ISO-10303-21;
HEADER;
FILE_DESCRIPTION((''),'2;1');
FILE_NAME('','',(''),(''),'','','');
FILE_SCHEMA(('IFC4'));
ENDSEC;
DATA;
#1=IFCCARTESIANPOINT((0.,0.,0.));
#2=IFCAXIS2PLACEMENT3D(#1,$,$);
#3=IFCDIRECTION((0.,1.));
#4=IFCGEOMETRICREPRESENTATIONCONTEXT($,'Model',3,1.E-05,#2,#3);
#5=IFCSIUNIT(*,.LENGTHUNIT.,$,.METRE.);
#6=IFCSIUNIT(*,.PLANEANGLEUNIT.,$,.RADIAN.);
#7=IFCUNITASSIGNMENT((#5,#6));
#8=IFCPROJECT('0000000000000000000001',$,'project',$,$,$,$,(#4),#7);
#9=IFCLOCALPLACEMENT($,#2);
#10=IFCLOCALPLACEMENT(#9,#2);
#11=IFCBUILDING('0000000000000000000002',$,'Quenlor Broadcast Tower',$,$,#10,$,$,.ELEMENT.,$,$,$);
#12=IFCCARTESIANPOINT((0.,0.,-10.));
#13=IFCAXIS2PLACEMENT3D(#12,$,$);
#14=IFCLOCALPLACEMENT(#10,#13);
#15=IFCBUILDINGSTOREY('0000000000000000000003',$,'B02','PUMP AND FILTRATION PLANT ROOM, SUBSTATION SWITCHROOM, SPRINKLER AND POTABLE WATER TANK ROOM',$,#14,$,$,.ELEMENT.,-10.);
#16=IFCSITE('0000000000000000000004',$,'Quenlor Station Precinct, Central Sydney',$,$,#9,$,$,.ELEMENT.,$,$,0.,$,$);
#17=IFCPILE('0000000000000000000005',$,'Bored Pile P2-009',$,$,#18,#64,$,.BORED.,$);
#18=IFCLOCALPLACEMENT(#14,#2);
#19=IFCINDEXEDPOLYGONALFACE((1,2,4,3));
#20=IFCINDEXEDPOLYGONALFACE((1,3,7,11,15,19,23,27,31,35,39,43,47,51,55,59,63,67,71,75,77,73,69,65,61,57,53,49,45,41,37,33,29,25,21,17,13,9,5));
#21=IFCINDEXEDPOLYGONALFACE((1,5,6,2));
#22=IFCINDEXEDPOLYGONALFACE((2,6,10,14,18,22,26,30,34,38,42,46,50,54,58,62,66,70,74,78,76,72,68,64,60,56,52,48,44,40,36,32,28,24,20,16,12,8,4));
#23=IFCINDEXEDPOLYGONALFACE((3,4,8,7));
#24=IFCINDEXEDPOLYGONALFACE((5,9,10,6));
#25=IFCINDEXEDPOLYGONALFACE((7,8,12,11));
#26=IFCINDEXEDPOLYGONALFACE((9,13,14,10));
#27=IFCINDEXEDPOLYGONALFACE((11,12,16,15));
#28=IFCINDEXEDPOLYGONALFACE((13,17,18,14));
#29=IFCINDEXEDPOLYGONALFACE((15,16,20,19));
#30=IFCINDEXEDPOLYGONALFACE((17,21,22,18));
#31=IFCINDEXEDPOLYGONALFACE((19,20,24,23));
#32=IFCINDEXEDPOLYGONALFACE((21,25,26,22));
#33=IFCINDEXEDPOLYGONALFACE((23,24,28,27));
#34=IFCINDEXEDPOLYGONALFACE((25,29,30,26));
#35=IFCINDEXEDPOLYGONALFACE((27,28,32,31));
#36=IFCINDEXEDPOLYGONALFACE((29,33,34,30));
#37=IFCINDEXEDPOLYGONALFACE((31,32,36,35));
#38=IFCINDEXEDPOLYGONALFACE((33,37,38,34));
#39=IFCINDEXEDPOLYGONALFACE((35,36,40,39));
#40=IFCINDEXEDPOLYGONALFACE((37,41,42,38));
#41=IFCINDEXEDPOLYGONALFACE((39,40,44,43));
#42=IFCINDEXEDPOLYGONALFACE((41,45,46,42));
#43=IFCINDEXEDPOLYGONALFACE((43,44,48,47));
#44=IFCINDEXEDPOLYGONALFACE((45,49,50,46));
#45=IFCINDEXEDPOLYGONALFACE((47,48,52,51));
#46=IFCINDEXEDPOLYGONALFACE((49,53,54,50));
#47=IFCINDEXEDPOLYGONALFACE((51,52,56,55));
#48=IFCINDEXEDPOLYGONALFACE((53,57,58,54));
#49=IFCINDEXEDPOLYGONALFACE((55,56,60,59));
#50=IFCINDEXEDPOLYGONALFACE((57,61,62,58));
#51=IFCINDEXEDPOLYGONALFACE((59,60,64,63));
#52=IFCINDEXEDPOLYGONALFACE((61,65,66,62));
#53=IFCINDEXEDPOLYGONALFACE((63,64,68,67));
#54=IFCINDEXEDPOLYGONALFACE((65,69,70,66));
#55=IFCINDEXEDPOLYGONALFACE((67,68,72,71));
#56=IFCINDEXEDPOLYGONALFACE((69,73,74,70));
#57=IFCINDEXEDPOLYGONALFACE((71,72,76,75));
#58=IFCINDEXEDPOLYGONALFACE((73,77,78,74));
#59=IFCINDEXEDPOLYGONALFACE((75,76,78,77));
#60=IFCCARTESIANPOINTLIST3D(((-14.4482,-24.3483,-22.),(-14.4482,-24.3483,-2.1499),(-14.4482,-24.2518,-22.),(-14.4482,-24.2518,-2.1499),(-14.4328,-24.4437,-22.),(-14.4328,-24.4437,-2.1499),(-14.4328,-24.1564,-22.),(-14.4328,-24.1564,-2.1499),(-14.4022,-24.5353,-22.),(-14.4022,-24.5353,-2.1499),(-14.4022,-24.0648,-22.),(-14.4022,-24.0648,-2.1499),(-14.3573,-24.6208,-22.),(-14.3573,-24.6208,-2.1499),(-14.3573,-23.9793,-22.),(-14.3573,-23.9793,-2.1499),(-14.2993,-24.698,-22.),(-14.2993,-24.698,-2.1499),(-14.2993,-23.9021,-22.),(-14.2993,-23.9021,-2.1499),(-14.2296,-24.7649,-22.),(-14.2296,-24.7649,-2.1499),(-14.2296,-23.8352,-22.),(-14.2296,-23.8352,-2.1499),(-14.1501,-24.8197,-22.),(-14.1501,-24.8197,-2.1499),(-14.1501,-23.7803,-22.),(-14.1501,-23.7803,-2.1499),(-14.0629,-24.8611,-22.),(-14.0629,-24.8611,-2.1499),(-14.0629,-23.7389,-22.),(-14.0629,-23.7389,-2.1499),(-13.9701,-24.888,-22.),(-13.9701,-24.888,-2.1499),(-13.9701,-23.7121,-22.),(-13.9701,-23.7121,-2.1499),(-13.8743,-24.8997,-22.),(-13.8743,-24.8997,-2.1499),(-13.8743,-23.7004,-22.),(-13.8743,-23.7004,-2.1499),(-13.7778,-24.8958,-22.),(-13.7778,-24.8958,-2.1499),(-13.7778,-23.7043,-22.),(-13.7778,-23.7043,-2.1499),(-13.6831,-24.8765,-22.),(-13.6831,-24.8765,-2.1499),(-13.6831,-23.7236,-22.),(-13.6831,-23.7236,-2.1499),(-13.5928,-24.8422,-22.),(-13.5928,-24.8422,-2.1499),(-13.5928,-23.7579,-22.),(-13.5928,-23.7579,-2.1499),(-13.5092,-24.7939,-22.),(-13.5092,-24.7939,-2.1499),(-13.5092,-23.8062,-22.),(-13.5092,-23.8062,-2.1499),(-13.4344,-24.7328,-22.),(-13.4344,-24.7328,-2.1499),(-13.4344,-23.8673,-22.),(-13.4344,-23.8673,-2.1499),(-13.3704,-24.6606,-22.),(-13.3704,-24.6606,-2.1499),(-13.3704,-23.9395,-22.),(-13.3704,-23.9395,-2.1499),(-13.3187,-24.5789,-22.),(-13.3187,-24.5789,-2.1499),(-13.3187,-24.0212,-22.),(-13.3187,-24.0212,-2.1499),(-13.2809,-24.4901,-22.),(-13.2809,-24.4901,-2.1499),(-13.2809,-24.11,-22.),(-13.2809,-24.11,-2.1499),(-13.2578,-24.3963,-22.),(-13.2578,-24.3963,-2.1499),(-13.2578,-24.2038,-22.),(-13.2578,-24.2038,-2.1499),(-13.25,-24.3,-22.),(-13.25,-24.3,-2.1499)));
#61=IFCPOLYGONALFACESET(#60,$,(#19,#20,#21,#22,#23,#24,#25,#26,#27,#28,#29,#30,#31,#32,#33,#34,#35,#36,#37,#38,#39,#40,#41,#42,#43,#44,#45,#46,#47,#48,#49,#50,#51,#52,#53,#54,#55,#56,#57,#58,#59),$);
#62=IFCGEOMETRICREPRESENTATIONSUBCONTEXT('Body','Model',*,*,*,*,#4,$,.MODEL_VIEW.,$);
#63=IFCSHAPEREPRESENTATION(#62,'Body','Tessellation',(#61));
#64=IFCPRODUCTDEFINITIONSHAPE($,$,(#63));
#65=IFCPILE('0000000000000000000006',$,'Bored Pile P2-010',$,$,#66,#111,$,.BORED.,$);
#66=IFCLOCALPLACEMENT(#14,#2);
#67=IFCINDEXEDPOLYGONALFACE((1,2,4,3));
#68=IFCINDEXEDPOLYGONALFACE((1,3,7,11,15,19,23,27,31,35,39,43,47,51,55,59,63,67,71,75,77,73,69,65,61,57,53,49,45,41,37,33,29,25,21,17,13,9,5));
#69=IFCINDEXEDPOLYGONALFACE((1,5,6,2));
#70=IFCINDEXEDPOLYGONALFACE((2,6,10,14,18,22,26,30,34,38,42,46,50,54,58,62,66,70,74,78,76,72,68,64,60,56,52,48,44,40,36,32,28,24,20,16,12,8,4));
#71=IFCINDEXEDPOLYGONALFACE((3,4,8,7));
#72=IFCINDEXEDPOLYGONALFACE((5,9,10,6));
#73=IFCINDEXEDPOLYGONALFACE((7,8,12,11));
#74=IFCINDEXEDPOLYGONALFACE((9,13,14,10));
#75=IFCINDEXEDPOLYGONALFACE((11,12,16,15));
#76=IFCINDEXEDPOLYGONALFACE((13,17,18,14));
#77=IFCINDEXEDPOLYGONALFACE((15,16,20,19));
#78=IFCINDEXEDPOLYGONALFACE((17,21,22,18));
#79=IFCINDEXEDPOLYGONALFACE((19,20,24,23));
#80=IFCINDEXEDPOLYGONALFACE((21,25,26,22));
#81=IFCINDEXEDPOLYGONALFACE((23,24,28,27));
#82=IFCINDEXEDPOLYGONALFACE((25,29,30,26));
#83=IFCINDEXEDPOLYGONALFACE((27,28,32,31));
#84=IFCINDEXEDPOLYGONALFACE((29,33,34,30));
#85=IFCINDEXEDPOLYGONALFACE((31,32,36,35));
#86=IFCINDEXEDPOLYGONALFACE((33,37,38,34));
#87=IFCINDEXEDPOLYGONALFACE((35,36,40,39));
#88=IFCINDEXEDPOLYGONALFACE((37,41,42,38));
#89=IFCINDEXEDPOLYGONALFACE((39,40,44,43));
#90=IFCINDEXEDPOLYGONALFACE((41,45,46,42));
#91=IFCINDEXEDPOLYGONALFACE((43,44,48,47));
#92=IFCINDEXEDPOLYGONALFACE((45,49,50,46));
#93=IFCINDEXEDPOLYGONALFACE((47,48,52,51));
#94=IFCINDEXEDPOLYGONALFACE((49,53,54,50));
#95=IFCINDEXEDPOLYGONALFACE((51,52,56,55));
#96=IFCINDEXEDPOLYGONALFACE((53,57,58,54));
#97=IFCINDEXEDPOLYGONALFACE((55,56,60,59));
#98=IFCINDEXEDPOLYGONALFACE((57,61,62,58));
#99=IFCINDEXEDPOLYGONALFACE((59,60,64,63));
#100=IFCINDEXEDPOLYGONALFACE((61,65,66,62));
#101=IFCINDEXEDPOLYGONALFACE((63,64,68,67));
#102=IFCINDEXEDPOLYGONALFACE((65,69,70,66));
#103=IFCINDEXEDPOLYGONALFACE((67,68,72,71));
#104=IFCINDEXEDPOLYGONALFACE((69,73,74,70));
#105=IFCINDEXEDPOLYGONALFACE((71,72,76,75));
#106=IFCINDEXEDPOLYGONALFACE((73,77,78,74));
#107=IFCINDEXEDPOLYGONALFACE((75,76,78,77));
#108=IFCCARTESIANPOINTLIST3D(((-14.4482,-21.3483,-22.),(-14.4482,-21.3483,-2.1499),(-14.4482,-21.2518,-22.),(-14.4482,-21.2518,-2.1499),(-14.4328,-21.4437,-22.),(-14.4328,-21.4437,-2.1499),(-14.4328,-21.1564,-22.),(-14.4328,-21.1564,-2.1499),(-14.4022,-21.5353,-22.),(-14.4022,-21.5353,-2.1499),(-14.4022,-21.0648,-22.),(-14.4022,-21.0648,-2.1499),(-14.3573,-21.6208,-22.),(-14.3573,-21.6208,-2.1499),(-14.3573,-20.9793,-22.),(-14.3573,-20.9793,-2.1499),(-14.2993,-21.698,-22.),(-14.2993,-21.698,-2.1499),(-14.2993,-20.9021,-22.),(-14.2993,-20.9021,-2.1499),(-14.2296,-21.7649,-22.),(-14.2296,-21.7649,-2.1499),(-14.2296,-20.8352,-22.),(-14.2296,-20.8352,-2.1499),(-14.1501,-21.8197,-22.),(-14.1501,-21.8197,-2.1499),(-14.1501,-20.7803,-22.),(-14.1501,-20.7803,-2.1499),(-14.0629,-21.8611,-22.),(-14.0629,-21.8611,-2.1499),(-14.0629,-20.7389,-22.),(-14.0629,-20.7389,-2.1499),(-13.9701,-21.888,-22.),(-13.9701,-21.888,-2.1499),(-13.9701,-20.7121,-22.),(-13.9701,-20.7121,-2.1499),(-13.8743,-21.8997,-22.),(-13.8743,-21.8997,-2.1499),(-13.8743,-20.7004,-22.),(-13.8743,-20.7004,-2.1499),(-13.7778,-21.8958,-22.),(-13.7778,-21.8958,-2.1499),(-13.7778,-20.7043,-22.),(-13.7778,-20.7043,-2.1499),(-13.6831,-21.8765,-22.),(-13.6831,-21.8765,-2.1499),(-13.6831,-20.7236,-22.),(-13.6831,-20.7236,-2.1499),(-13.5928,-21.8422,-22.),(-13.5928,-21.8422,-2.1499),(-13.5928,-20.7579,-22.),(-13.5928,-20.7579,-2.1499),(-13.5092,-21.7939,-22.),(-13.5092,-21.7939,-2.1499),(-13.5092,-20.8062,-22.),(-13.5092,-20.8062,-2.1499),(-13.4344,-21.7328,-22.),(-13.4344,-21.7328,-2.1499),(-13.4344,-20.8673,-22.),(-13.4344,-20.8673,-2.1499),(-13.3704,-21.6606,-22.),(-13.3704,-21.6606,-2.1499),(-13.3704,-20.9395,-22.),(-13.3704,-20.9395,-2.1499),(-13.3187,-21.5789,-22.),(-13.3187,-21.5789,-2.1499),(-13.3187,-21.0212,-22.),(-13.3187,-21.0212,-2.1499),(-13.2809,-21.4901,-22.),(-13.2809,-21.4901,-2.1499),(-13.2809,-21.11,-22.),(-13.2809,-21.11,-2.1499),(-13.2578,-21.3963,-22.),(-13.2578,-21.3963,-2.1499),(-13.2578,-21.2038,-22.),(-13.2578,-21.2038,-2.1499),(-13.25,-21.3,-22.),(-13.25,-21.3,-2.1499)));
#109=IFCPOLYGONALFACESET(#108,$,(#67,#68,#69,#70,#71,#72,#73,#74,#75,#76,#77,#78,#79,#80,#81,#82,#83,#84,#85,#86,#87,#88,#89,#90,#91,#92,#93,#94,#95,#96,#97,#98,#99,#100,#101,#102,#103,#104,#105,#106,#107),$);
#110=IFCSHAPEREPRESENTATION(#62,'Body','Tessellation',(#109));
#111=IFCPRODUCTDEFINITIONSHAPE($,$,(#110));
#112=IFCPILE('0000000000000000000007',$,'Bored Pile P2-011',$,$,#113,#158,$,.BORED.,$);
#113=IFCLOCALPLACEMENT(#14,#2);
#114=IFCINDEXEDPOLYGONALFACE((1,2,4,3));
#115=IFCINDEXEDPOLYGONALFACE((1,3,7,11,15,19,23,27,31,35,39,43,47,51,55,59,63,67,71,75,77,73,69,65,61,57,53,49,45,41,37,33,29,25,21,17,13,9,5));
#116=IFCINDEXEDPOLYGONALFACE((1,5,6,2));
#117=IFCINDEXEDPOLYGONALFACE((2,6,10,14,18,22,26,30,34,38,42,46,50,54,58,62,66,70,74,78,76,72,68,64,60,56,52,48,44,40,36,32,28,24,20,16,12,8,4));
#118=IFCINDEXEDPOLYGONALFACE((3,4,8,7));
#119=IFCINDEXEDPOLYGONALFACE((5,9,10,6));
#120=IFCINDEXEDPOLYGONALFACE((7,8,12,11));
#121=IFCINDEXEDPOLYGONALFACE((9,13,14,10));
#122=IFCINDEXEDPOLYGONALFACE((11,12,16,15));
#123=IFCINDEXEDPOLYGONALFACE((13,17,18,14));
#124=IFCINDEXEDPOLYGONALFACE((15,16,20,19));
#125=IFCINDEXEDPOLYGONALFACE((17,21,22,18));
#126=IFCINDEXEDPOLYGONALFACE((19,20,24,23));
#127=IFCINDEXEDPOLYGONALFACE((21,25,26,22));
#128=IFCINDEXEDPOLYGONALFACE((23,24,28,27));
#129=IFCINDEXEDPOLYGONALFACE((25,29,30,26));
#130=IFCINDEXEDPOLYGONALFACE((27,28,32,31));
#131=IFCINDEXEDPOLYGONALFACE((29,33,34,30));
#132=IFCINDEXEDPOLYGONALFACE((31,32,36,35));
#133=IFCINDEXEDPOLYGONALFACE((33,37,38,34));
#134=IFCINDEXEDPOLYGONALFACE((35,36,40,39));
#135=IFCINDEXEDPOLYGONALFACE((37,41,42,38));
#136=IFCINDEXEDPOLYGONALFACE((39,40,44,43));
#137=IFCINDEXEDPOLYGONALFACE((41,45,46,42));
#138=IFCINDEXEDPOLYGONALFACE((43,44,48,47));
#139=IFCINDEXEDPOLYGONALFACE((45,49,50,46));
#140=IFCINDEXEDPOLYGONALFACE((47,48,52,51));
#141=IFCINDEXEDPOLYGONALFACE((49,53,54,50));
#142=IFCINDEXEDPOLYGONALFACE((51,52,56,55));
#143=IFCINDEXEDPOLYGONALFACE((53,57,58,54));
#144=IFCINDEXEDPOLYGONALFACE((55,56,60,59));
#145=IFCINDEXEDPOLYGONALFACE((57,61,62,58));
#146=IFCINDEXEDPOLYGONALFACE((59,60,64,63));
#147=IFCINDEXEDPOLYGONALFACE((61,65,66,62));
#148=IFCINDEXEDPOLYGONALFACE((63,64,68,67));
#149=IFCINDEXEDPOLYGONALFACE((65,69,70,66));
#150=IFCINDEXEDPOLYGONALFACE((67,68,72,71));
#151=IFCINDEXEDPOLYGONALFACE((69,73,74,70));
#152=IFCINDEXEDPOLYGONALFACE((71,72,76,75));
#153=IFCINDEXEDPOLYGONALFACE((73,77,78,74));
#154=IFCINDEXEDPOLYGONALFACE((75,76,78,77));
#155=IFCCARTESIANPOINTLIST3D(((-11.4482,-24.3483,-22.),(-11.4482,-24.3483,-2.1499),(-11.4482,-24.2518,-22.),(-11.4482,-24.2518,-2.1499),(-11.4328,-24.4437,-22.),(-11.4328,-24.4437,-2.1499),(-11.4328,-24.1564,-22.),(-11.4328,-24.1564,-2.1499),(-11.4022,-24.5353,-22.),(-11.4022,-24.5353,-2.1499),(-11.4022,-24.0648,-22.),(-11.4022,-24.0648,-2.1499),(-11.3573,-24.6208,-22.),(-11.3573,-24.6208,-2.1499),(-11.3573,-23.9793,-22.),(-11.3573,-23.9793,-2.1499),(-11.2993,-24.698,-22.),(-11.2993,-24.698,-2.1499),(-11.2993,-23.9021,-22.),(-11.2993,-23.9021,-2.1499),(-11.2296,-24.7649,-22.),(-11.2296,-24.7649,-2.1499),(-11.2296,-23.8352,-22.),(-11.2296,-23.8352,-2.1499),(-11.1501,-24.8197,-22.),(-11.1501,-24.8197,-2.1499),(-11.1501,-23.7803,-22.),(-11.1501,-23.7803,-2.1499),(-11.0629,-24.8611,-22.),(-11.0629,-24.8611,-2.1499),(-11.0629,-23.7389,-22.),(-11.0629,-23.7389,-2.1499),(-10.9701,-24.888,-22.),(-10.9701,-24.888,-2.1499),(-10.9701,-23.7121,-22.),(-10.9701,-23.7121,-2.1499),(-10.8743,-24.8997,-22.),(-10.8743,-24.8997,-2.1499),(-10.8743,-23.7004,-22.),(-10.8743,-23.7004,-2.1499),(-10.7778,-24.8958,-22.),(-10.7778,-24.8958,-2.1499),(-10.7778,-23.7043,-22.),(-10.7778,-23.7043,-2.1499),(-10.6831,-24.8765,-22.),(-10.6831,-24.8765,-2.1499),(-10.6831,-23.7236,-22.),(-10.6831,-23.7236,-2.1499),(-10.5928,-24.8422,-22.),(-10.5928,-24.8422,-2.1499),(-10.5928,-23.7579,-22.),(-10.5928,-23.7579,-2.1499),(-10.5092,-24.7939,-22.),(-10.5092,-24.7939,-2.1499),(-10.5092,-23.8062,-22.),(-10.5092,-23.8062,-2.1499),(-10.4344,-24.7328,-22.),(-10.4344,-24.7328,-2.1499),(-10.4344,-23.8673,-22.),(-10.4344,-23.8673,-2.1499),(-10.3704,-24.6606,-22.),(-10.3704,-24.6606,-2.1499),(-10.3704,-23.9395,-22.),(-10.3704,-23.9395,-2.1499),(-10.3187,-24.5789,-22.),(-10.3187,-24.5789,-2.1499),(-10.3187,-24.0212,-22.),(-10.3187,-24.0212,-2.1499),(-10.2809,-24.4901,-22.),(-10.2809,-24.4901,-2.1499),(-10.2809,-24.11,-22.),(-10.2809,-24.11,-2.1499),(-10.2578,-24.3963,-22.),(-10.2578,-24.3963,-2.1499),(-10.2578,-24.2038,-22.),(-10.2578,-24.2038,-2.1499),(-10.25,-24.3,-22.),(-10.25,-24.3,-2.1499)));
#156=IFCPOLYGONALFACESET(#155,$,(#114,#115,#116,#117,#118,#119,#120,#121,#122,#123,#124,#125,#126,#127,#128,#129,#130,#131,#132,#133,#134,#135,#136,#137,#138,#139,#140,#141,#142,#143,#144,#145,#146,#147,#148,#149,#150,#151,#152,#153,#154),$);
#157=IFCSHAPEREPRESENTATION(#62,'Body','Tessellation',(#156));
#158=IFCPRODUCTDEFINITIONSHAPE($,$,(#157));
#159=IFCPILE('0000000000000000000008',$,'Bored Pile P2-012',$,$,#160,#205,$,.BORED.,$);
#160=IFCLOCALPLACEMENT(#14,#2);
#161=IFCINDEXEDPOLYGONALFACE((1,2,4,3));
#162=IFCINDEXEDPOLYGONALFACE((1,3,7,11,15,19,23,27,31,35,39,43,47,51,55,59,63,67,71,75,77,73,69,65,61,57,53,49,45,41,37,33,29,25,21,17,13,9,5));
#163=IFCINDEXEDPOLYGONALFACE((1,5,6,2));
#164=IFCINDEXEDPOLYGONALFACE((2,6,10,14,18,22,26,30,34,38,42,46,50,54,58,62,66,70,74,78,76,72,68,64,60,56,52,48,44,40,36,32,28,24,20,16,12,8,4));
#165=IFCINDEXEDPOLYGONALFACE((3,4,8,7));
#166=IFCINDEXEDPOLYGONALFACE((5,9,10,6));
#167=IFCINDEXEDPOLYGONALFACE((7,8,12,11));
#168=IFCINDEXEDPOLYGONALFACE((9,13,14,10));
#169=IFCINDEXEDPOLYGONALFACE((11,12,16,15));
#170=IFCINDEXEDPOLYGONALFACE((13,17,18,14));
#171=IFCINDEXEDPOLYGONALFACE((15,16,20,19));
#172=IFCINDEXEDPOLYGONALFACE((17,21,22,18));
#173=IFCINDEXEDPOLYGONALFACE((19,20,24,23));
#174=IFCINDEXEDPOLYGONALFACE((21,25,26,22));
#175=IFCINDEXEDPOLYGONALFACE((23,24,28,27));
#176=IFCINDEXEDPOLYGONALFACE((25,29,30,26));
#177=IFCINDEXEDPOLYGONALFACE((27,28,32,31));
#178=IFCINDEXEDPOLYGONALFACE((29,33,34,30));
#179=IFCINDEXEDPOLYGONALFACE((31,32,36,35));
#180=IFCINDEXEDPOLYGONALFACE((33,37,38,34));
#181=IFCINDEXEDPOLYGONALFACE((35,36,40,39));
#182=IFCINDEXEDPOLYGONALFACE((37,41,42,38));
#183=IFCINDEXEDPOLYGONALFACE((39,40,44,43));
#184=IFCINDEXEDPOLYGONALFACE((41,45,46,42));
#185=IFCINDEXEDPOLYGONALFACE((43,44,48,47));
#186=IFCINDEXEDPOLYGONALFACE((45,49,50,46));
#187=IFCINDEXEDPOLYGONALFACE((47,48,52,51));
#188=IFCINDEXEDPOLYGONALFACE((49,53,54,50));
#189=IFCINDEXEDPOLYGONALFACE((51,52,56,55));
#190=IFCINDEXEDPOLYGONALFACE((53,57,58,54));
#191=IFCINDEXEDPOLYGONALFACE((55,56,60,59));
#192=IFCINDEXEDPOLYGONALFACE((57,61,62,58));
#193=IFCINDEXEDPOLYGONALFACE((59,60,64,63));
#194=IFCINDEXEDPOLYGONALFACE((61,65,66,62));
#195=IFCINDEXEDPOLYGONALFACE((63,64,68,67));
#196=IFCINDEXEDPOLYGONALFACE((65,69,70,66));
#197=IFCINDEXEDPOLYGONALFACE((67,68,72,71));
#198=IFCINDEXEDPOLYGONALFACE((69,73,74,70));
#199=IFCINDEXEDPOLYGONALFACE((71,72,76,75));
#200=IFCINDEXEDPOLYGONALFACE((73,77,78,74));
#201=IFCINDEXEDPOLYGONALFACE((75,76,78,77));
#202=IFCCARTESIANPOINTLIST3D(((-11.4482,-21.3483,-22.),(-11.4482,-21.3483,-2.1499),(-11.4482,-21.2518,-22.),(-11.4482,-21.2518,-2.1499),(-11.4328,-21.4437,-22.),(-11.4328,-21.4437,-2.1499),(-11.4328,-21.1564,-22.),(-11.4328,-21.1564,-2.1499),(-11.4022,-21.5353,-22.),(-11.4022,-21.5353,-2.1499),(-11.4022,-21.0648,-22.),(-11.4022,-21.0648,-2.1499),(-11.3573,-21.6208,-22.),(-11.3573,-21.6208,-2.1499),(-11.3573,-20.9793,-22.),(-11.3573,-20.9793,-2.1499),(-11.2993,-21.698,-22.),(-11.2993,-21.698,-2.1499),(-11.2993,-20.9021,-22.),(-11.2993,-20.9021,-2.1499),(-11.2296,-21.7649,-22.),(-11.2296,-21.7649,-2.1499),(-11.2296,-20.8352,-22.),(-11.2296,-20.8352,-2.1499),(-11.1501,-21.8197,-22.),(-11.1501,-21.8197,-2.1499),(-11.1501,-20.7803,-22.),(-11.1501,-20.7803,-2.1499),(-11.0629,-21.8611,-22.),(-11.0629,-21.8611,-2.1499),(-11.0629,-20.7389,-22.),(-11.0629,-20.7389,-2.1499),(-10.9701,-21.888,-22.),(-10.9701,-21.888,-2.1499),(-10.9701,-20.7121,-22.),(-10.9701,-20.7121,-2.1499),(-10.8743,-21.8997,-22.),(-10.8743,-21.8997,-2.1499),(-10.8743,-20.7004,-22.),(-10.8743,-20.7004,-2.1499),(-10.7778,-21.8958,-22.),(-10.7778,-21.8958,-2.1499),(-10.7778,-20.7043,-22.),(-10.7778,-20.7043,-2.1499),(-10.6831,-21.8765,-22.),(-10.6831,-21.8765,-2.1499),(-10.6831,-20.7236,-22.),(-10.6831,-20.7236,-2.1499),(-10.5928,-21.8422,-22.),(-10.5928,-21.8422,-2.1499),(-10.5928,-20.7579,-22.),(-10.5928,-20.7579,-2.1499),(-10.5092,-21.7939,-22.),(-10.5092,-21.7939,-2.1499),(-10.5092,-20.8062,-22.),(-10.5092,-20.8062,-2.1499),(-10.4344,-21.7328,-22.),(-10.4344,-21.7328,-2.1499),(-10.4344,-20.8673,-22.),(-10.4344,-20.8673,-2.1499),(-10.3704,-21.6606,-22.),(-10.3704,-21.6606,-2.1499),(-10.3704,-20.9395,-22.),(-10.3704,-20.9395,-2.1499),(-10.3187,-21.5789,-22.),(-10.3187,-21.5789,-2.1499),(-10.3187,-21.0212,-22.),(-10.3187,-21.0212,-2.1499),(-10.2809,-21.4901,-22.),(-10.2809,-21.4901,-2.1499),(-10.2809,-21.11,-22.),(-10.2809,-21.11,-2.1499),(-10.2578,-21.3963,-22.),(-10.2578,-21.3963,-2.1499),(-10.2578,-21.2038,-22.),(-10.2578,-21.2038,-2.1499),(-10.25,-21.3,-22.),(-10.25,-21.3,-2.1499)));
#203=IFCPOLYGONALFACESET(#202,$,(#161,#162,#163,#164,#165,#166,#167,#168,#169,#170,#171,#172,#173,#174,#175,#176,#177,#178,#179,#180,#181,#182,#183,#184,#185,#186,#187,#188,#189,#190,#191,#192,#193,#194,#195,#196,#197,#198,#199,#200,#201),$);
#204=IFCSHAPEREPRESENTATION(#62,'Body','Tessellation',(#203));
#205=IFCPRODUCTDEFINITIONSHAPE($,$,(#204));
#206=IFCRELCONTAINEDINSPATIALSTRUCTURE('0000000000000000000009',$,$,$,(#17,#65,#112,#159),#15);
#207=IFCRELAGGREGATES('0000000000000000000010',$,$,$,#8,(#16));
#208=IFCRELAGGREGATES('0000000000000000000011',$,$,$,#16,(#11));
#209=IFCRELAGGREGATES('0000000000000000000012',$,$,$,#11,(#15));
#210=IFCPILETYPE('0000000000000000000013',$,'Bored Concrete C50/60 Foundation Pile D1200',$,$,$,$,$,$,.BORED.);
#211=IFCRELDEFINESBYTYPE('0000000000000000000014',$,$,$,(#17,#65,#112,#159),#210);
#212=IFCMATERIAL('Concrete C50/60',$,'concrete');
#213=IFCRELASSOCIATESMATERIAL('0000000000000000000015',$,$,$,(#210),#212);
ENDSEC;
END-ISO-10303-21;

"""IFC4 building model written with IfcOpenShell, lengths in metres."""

from ifc_helpers import new_model, si_unit, direction, frame, origin, origin_2d, place, context, subcontext, project, spatial, circle, extrude, material, material_profile, profile_set, type_object, element, save


model = new_model("IFC4")

# Units and contexts
model_context = context("Model", 3, precision=1e-05, world=origin(), true_north=direction((0.0, 1.0)))
body_context = subcontext(model_context, "Body", "Model", "MODEL_VIEW")
ifc_project = project(units=[si_unit("LENGTHUNIT", "METRE"), si_unit("PLANEANGLEUNIT", "RADIAN")], contexts=[model_context])

# Site, building, storey
site_placement = place(None, origin())
site = spatial("IfcSite", under=ifc_project, at=site_placement, Name="Quenlor Station Precinct, Central Sydney", CompositionType="ELEMENT", RefElevation=0.0)
building_placement = place(site_placement, origin())
building = spatial("IfcBuilding", under=site, at=building_placement, Name="Quenlor Broadcast Tower", CompositionType="ELEMENT")
storey_placement = place(building_placement, frame((0.0, 0.0, -10.0)))
storey = spatial("IfcBuildingStorey", under=building, at=storey_placement, Name="B02", Description="PUMP AND FILTRATION PLANT ROOM, SUBSTATION SWITCHROOM, SPRINKLER AND POTABLE WATER TANK ROOM", CompositionType="ELEMENT", Elevation=-10.0)

# Piles
ifc_material_1 = material(Name="Concrete C50/60", Category="concrete")
ifc_material_profile_1 = material_profile(ifc_material_1, circle(Radius=0.6001, at=origin_2d()))
ifc_profile_set_1 = profile_set([ifc_material_profile_1], Name="Concrete C50/60 PILE1200")
pile_type_1 = type_object("IfcPileType", Name="Bored Concrete C50/60 Foundation Pile D1200", PredefinedType="BORED", material=ifc_profile_set_1)
for number, where, z_axis, x_axis, name in (
    (1, (-13.8501, -24.3, -2.1499), (0.0, 0.0, -1.0), (1.0, 0.0, 0.0), "Bored Pile P2-009"),
    (2, (-13.8501, -21.3, -2.1499), (0.0, 0.0, -1.0), (1.0, 0.0, 0.0), "Bored Pile P2-010"),
    (3, (-10.8501, -24.3, -2.1499), (0.0, 0.0, -1.0), (1.0, 0.0, 0.0), "Bored Pile P2-011"),
    (4, (-10.8501, -21.3, -2.1499), (0.0, 0.0, -1.0), (1.0, 0.0, 0.0), "Bored Pile P2-012"),
):
    element("IfcPile", number, at=place(storey_placement, frame(where, z_axis=z_axis, x_axis=x_axis)), inside=storey, type_object=pile_type_1, Name=name, PredefinedType="BORED", context=body_context, shape_type="SweptSolid", body=[
        extrude(circle(Radius=0.6001, at=origin_2d()), origin(), (0.0, 0.0, 1.0), 19.8501),
    ])

save(model, "model.ifc")
